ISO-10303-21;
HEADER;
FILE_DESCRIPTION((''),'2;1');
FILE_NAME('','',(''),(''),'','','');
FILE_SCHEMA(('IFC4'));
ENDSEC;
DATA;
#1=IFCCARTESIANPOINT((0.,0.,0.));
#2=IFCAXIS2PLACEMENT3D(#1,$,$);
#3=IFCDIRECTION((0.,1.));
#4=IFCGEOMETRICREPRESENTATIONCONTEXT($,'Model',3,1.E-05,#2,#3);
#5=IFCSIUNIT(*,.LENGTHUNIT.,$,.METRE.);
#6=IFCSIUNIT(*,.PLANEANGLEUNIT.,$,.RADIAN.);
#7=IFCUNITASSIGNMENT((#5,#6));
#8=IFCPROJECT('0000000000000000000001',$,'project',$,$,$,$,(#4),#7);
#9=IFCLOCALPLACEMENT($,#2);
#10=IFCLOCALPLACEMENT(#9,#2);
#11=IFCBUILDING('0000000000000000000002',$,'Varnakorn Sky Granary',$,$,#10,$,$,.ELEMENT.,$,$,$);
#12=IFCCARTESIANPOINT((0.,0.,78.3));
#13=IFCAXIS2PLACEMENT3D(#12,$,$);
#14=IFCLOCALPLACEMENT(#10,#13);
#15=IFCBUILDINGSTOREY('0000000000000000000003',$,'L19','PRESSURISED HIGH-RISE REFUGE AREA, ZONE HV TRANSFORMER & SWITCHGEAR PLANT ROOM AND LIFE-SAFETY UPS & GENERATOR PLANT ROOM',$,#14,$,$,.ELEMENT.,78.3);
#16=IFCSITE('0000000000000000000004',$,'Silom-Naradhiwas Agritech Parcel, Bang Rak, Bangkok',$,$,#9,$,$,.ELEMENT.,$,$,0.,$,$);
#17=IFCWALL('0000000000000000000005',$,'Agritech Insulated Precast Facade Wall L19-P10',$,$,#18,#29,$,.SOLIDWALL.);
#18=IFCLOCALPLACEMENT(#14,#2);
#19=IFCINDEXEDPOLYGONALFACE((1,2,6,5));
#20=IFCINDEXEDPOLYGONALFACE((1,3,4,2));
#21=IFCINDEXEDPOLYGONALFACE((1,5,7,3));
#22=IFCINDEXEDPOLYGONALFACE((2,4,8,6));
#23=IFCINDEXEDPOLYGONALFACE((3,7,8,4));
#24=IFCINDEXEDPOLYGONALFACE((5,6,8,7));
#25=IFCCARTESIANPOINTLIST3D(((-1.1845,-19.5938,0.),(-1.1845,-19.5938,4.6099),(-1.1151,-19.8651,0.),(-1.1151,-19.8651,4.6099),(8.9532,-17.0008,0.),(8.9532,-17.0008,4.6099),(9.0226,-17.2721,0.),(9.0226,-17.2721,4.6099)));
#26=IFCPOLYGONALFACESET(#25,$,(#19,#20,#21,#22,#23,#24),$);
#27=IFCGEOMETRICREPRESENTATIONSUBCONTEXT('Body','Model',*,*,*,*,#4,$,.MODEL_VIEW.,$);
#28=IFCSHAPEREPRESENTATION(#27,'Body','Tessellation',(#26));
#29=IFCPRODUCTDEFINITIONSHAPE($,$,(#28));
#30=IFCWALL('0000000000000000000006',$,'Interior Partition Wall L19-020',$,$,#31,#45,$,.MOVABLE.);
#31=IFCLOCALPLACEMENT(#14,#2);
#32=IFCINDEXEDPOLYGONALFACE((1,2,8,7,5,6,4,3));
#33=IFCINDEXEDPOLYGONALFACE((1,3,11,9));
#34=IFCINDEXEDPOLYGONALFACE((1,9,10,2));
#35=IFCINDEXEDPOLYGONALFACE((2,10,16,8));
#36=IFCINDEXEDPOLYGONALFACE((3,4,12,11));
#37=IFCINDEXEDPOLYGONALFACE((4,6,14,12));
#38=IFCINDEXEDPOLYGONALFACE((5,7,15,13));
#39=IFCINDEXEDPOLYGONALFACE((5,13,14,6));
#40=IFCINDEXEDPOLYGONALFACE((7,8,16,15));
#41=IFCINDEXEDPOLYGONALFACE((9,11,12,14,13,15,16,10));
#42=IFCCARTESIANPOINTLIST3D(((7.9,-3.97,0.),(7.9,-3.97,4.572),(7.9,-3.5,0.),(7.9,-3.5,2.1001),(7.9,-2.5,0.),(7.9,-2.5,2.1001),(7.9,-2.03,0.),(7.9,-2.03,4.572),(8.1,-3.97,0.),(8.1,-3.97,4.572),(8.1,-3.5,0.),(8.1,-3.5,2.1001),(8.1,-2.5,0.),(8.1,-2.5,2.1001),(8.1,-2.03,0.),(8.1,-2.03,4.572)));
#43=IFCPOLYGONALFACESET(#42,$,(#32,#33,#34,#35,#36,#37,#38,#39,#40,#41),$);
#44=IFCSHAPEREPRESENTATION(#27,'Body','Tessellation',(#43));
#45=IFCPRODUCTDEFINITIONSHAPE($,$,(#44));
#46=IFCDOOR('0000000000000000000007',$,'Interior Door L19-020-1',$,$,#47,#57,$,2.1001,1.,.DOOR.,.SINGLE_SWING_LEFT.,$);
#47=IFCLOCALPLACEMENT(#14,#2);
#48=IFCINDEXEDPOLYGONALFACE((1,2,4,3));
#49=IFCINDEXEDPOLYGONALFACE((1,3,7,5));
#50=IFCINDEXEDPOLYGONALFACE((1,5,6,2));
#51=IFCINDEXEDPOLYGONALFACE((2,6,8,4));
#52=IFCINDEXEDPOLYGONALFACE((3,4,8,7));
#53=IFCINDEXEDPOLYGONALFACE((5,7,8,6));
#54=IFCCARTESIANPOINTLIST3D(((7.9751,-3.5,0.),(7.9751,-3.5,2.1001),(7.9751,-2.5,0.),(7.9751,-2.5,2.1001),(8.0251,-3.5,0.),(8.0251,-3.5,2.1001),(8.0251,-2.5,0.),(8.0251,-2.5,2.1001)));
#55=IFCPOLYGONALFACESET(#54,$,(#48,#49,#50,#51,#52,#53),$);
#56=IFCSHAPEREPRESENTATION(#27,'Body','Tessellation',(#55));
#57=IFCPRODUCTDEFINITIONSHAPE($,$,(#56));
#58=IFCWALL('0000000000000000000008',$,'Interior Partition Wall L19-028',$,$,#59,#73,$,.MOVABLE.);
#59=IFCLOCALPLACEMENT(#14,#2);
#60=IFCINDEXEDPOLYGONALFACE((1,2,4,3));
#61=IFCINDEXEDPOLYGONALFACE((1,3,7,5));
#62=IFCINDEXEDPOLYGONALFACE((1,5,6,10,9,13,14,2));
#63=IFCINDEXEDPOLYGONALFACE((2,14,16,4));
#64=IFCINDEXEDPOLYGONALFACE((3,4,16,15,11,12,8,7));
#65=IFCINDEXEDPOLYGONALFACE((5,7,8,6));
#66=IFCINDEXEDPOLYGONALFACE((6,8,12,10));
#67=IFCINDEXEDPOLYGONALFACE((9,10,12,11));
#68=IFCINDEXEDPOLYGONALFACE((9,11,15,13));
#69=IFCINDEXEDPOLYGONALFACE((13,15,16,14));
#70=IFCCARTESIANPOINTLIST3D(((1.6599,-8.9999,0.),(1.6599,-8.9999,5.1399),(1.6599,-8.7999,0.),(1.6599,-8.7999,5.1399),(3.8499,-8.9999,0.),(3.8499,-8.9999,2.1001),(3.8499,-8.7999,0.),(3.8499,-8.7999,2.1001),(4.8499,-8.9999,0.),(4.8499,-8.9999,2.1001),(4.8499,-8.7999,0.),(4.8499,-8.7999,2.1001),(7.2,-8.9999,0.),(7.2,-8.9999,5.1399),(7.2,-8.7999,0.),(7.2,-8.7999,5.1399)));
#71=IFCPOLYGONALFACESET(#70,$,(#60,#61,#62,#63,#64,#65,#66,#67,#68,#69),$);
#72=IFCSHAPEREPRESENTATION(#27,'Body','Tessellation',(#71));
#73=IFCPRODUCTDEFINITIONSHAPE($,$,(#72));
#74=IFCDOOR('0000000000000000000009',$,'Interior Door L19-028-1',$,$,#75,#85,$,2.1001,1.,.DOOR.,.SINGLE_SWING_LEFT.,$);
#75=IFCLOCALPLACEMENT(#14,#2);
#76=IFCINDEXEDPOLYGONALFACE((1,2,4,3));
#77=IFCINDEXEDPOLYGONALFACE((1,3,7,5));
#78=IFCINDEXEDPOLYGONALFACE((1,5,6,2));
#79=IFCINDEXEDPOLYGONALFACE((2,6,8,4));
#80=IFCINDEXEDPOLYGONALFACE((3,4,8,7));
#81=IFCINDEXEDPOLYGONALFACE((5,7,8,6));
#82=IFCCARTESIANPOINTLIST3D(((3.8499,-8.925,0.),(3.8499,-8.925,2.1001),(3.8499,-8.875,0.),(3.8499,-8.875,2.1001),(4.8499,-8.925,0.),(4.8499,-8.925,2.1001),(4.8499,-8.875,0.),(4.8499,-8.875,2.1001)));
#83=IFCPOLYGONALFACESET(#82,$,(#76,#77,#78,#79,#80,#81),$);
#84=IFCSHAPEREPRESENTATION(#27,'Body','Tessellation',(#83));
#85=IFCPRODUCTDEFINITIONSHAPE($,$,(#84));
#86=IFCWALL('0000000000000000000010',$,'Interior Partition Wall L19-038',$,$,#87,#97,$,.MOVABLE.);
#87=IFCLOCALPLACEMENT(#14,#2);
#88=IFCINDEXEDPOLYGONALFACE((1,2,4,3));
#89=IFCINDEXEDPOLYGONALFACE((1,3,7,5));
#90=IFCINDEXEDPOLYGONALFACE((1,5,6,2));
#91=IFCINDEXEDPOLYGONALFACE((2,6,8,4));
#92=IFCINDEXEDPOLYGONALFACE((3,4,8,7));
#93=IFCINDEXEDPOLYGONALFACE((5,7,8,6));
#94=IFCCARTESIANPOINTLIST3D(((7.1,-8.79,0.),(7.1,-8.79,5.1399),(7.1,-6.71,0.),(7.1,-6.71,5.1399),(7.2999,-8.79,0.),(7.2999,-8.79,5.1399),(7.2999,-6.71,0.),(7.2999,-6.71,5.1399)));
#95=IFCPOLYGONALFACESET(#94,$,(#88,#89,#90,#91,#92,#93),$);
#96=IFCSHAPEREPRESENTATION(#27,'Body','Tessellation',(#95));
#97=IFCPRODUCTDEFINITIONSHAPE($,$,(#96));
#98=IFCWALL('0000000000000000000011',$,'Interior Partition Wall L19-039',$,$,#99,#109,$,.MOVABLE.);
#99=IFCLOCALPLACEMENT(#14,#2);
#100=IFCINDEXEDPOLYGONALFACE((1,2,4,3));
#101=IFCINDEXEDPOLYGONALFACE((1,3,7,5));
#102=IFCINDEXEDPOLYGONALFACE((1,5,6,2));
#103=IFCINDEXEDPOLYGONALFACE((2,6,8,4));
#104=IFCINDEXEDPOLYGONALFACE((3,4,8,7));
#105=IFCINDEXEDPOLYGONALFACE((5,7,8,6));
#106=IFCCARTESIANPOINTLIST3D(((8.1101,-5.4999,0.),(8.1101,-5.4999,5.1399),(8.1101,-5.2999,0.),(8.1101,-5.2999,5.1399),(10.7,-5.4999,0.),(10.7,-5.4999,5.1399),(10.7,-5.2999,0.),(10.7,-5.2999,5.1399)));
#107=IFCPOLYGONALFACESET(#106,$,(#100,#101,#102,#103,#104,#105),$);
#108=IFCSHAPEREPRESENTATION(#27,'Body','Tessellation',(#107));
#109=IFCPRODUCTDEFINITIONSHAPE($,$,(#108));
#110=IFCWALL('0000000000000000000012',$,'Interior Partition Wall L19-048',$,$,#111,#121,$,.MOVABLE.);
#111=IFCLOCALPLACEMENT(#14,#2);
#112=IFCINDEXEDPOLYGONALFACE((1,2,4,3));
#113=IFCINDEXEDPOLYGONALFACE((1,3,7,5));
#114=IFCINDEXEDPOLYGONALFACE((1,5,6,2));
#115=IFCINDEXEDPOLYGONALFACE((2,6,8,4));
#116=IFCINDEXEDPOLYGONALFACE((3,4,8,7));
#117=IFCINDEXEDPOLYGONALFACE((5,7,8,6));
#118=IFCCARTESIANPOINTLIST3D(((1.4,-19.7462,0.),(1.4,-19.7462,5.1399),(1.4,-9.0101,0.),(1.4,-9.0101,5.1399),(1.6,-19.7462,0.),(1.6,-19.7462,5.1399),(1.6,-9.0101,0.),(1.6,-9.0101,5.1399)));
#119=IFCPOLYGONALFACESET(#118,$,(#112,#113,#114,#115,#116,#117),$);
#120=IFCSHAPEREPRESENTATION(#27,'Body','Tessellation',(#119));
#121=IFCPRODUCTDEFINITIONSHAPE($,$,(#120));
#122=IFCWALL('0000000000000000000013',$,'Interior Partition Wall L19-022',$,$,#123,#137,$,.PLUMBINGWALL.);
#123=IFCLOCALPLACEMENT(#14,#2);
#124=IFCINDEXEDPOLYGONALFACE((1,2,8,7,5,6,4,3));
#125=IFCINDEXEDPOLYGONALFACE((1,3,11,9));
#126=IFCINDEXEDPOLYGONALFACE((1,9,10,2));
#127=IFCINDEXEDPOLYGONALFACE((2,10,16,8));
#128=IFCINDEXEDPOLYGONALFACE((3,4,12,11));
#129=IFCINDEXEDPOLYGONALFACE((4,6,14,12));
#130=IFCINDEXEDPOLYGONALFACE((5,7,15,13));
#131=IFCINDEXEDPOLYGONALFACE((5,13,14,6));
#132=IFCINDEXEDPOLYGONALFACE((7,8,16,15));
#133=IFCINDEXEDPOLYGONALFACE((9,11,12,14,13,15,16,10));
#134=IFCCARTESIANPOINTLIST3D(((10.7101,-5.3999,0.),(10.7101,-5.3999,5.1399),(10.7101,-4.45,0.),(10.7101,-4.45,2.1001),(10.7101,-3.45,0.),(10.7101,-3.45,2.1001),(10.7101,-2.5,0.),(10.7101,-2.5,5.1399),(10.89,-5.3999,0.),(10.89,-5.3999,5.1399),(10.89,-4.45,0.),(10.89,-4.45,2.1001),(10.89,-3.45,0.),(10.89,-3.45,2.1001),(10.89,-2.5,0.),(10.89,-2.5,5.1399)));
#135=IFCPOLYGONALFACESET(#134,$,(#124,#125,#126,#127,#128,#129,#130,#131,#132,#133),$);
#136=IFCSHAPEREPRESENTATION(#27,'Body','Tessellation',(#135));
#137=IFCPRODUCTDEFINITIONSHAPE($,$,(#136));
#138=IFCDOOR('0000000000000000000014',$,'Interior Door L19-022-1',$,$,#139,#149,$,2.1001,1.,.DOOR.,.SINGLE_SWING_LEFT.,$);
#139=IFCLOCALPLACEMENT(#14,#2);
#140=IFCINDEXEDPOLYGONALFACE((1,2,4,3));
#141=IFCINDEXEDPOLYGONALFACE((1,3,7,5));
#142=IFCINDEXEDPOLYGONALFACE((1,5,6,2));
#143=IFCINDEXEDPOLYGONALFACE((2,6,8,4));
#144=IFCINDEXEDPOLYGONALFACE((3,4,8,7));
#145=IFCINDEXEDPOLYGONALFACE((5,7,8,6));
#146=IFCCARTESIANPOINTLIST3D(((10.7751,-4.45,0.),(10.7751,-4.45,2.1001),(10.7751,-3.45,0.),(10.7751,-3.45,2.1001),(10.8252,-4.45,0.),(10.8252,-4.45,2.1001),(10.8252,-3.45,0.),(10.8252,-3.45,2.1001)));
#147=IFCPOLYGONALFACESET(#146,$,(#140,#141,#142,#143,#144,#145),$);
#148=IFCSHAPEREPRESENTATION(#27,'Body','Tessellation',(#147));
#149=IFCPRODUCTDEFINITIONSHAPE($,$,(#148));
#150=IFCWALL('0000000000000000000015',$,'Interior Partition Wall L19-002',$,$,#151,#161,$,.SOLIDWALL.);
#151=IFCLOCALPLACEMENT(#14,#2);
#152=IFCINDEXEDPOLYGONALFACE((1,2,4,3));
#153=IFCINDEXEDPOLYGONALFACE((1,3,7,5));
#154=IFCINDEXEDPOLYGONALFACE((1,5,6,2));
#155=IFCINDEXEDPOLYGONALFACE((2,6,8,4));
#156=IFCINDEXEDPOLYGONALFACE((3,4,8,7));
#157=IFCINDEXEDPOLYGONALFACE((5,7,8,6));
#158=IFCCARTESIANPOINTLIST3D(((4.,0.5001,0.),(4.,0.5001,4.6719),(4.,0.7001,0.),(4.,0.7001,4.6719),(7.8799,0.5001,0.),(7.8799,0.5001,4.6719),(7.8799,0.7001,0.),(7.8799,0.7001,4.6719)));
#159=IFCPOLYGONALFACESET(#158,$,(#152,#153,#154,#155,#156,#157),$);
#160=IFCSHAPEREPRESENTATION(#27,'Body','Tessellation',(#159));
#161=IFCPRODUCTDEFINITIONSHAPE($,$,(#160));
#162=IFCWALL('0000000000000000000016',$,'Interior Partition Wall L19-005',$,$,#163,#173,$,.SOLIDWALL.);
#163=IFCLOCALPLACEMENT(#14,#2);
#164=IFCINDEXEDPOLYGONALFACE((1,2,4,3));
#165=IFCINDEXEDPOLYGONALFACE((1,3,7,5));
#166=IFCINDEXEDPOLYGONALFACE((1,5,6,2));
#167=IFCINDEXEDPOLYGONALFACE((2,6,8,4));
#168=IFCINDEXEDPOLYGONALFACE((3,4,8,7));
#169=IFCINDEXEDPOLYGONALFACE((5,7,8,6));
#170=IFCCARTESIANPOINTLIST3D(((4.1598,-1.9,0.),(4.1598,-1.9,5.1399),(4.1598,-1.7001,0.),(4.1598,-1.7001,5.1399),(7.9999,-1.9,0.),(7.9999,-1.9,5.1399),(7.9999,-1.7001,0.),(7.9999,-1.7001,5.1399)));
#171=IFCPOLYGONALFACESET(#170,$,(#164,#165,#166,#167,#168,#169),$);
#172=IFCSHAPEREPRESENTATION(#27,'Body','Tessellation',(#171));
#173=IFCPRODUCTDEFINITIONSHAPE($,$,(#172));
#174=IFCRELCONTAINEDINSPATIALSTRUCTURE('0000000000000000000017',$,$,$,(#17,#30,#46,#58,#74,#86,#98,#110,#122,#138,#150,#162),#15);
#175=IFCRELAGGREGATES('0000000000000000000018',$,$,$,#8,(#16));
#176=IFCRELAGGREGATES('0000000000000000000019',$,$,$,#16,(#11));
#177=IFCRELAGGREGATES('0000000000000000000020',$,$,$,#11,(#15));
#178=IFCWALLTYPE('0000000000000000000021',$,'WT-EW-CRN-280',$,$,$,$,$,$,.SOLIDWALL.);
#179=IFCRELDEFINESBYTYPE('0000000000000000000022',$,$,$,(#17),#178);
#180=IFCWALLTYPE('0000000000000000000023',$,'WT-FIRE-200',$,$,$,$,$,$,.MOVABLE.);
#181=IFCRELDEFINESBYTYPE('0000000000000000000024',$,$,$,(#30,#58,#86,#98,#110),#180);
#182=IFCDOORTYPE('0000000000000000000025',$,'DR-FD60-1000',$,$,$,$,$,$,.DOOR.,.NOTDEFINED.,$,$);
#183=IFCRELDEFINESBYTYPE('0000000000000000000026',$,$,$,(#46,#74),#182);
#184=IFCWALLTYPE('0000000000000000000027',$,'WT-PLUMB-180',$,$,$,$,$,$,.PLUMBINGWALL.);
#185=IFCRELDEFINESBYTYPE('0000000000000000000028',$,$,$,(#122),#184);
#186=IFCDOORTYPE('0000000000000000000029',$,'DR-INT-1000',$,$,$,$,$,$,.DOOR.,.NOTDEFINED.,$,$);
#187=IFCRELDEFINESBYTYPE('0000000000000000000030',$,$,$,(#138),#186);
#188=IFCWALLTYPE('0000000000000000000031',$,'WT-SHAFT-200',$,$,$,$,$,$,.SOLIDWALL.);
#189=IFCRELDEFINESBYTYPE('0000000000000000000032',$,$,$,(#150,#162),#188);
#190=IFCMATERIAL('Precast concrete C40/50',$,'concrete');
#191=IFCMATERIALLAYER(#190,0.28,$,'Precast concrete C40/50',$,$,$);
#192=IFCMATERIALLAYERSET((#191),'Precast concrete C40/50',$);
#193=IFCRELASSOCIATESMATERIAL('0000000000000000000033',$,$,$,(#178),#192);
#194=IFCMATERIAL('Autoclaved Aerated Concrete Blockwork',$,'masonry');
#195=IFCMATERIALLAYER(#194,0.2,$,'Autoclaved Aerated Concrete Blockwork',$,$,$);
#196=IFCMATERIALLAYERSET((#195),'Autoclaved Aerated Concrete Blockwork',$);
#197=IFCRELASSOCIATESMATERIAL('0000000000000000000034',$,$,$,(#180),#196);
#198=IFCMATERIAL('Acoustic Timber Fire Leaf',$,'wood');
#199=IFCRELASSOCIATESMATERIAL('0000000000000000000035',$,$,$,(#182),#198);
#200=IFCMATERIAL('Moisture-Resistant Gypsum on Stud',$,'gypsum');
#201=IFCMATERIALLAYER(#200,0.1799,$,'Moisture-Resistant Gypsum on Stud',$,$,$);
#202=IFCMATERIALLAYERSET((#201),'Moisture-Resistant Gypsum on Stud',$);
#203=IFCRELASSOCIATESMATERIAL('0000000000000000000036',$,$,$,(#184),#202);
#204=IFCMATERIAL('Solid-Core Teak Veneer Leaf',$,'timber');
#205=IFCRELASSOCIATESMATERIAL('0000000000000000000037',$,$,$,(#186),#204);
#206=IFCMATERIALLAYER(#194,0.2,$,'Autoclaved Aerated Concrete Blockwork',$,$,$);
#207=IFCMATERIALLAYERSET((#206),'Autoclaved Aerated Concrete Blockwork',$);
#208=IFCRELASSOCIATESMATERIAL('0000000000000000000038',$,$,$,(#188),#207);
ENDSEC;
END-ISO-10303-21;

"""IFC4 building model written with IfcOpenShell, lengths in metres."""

from ifc_helpers import new_model, si_unit, direction, frame, frame_2d, origin, place, context, subcontext, project, spatial, rectangle, extrude, material, layer, layer_set, type_object, element, fill, save


model = new_model("IFC4")

# Units and contexts
model_context = context("Model", 3, precision=1e-05, world=origin(), true_north=direction((0.0, 1.0)))
body_context = subcontext(model_context, "Body", "Model", "MODEL_VIEW")
ifc_project = project(units=[si_unit("LENGTHUNIT", "METRE"), si_unit("PLANEANGLEUNIT", "RADIAN")], contexts=[model_context])

# Site, building, storey
site_placement = place(None, origin())
site = spatial("IfcSite", under=ifc_project, at=site_placement, Name="Silom-Naradhiwas Agritech Parcel, Bang Rak, Bangkok", CompositionType="ELEMENT", RefElevation=0.0)
building_placement = place(site_placement, origin())
building = spatial("IfcBuilding", under=site, at=building_placement, Name="Varnakorn Sky Granary", CompositionType="ELEMENT")
storey_placement = place(building_placement, frame((0.0, 0.0, 78.3)))
storey = spatial("IfcBuildingStorey", under=building, at=storey_placement, Name="L19", Description="PRESSURISED HIGH-RISE REFUGE AREA, ZONE HV TRANSFORMER & SWITCHGEAR PLANT ROOM AND LIFE-SAFETY UPS & GENERATOR PLANT ROOM", CompositionType="ELEMENT", Elevation=78.3)

# Wall
ifc_material_1 = material(Name="Precast concrete C40/50", Category="concrete")
ifc_layer_1 = layer(ifc_material_1, 0.28, Name="Precast concrete C40/50")
ifc_layer_set_1 = layer_set([ifc_layer_1], Name="Precast concrete C40/50")
wall_type_1 = type_object("IfcWallType", Name="WT-EW-CRN-280", PredefinedType="SOLIDWALL", material=ifc_layer_set_1)
wall_1_placement = place(storey_placement, frame((8.9878, -17.1365, 0.0), z_axis=(0.0, 0.0, 1.0), x_axis=(-0.968811, -0.247802, 0.0)))
element("IfcWall", 1, at=wall_1_placement, inside=storey, type_object=wall_type_1, Name="Agritech Insulated Precast Facade Wall L19-P10", PredefinedType="SOLIDWALL", context=body_context, shape_type="SweptSolid", body=[
    extrude(rectangle(XDim=10.4641, YDim=0.28, at=frame_2d((5.2319, 0.0))), origin(), (0.0, 0.0, 1.0), 4.6099),
])

# Walls, openings, doors
ifc_material_2 = material(Name="Autoclaved Aerated Concrete Blockwork", Category="masonry")
ifc_layer_2 = layer(ifc_material_2, 0.2, Name="Autoclaved Aerated Concrete Blockwork")
ifc_layer_set_2 = layer_set([ifc_layer_2], Name="Autoclaved Aerated Concrete Blockwork")
wall_type_2 = type_object("IfcWallType", Name="WT-FIRE-200", PredefinedType="MOVABLE", material=ifc_layer_set_2)
wall_2_placement = place(storey_placement, frame((8.0, -3.97, 0.0), z_axis=(0.0, 0.0, 1.0), x_axis=(0.0, 1.0, 0.0)))
wall_2 = element("IfcWall", 2, at=wall_2_placement, inside=storey, type_object=wall_type_2, Name="Interior Partition Wall L19-020", PredefinedType="MOVABLE", context=body_context, shape_type="SweptSolid", body=[
    extrude(rectangle(XDim=1.9399, YDim=0.2, at=frame_2d((0.97, 0.0))), origin(), (0.0, 0.0, 1.0), 4.572),
])
opening_1_placement = place(wall_2_placement, frame((0.47, 0.0, 0.0)))
opening_1 = element("IfcOpeningElement", 3, at=opening_1_placement, cuts=wall_2, PredefinedType="OPENING", context=body_context, shape_type="SweptSolid", body=[
    extrude(rectangle(XDim=1.0, YDim=2.1001, at=frame_2d((0.5, 1.05))), frame((0.0, 0.1099, 0.0), z_axis=(0.0, -1.0, 0.0), x_axis=(1.0, 0.0, 0.0)), (0.0, 0.0, 1.0), 0.22),
])
ifc_material_3 = material(Name="Acoustic Timber Fire Leaf", Category="wood")
door_type_1 = type_object("IfcDoorType", Name="DR-FD60-1000", OperationType="NOTDEFINED", PredefinedType="DOOR", material=ifc_material_3)
door_1_placement = place(opening_1_placement, origin())
door_1 = element("IfcDoor", 4, at=door_1_placement, inside=storey, type_object=door_type_1, Name="Interior Door L19-020-1", OperationType="SINGLE_SWING_LEFT", OverallHeight=2.1001, OverallWidth=1.0, PredefinedType="DOOR", context=body_context, shape_type="SweptSolid", body=[
    extrude(rectangle(XDim=1.0, YDim=2.1001, at=frame_2d((0.5, 1.05))), frame((0.0, 0.0249, 0.0), z_axis=(0.0, -1.0, 0.0), x_axis=(1.0, 0.0, 0.0)), (0.0, 0.0, 1.0), 0.05),
])
fill(opening_1, door_1)
wall_3_placement = place(storey_placement, frame((1.6599, -8.8999, 0.0), z_axis=(0.0, 0.0, 1.0), x_axis=(1.0, 0.0, 0.0)))
wall_3 = element("IfcWall", 5, at=wall_3_placement, inside=storey, type_object=wall_type_2, Name="Interior Partition Wall L19-028", PredefinedType="MOVABLE", context=body_context, shape_type="SweptSolid", body=[
    extrude(rectangle(XDim=5.54, YDim=0.2, at=frame_2d((2.77, 0.0))), origin(), (0.0, 0.0, 1.0), 5.1399),
])
opening_2_placement = place(wall_3_placement, frame((2.1899, 0.0, 0.0)))
opening_2 = element("IfcOpeningElement", 6, at=opening_2_placement, cuts=wall_3, PredefinedType="OPENING", context=body_context, shape_type="SweptSolid", body=[
    extrude(rectangle(XDim=1.0, YDim=2.1001, at=frame_2d((0.5, 1.05))), frame((0.0, 0.1099, 0.0), z_axis=(0.0, -1.0, 0.0), x_axis=(1.0, 0.0, 0.0)), (0.0, 0.0, 1.0), 0.22),
])
door_2_placement = place(opening_2_placement, origin())
door_2 = element("IfcDoor", 7, at=door_2_placement, inside=storey, type_object=door_type_1, Name="Interior Door L19-028-1", OperationType="SINGLE_SWING_LEFT", OverallHeight=2.1001, OverallWidth=1.0, PredefinedType="DOOR", context=body_context, shape_type="SweptSolid", body=[
    extrude(rectangle(XDim=1.0, YDim=2.1001, at=frame_2d((0.5, 1.05))), frame((0.0, 0.0249, 0.0), z_axis=(0.0, -1.0, 0.0), x_axis=(1.0, 0.0, 0.0)), (0.0, 0.0, 1.0), 0.05),
])
fill(opening_2, door_2)

# Walls
wall_4_placement = place(storey_placement, frame((7.2, -8.79, 0.0), z_axis=(0.0, 0.0, 1.0), x_axis=(0.0, 1.0, 0.0)))
element("IfcWall", 8, at=wall_4_placement, inside=storey, type_object=wall_type_2, Name="Interior Partition Wall L19-038", PredefinedType="MOVABLE", context=body_context, shape_type="SweptSolid", body=[
    extrude(rectangle(XDim=2.0801, YDim=0.2, at=frame_2d((1.04, 0.0))), origin(), (0.0, 0.0, 1.0), 5.1399),
])
wall_5_placement = place(storey_placement, frame((8.1101, -5.3999, 0.0), z_axis=(0.0, 0.0, 1.0), x_axis=(1.0, 0.0, 0.0)))
element("IfcWall", 9, at=wall_5_placement, inside=storey, type_object=wall_type_2, Name="Interior Partition Wall L19-039", PredefinedType="MOVABLE", context=body_context, shape_type="SweptSolid", body=[
    extrude(rectangle(XDim=2.5898, YDim=0.2, at=frame_2d((1.2949, 0.0))), origin(), (0.0, 0.0, 1.0), 5.1399),
])
wall_6_placement = place(storey_placement, frame((1.5, -9.01, 0.0), z_axis=(0.0, 0.0, 1.0), x_axis=(0.0, -1.0, 0.0)))
element("IfcWall", 10, at=wall_6_placement, inside=storey, type_object=wall_type_2, Name="Interior Partition Wall L19-048", PredefinedType="MOVABLE", context=body_context, shape_type="SweptSolid", body=[
    extrude(rectangle(XDim=10.7361, YDim=0.2, at=frame_2d((5.3682, 0.0))), origin(), (0.0, 0.0, 1.0), 5.1399),
])

# Wall, opening, door
ifc_material_4 = material(Name="Moisture-Resistant Gypsum on Stud", Category="gypsum")
ifc_layer_3 = layer(ifc_material_4, 0.1799, Name="Moisture-Resistant Gypsum on Stud")
ifc_layer_set_3 = layer_set([ifc_layer_3], Name="Moisture-Resistant Gypsum on Stud")
wall_type_3 = type_object("IfcWallType", Name="WT-PLUMB-180", PredefinedType="PLUMBINGWALL", material=ifc_layer_set_3)
wall_7_placement = place(storey_placement, frame((10.8, -5.3999, 0.0), z_axis=(0.0, 0.0, 1.0), x_axis=(0.0, 1.0, 0.0)))
wall_7 = element("IfcWall", 11, at=wall_7_placement, inside=storey, type_object=wall_type_3, Name="Interior Partition Wall L19-022", PredefinedType="PLUMBINGWALL", context=body_context, shape_type="SweptSolid", body=[
    extrude(rectangle(XDim=2.8999, YDim=0.1799, at=frame_2d((1.45, 0.0))), origin(), (0.0, 0.0, 1.0), 5.1399),
])
opening_3_placement = place(wall_7_placement, frame((0.95, 0.0, 0.0)))
opening_3 = element("IfcOpeningElement", 12, at=opening_3_placement, cuts=wall_7, PredefinedType="OPENING", context=body_context, shape_type="SweptSolid", body=[
    extrude(rectangle(XDim=1.0, YDim=2.1001, at=frame_2d((0.5, 1.05))), frame((0.0, 0.1001, 0.0), z_axis=(0.0, -1.0, 0.0), x_axis=(1.0, 0.0, 0.0)), (0.0, 0.0, 1.0), 0.2),
])
ifc_material_5 = material(Name="Solid-Core Teak Veneer Leaf", Category="timber")
door_type_2 = type_object("IfcDoorType", Name="DR-INT-1000", OperationType="NOTDEFINED", PredefinedType="DOOR", material=ifc_material_5)
door_3_placement = place(opening_3_placement, origin())
door_3 = element("IfcDoor", 13, at=door_3_placement, inside=storey, type_object=door_type_2, Name="Interior Door L19-022-1", OperationType="SINGLE_SWING_LEFT", OverallHeight=2.1001, OverallWidth=1.0, PredefinedType="DOOR", context=body_context, shape_type="SweptSolid", body=[
    extrude(rectangle(XDim=1.0, YDim=2.1001, at=frame_2d((0.5, 1.05))), frame((0.0, 0.0249, 0.0), z_axis=(0.0, -1.0, 0.0), x_axis=(1.0, 0.0, 0.0)), (0.0, 0.0, 1.0), 0.05),
])
fill(opening_3, door_3)

# Walls
ifc_layer_4 = layer(ifc_material_2, 0.2, Name="Autoclaved Aerated Concrete Blockwork")
ifc_layer_set_4 = layer_set([ifc_layer_4], Name="Autoclaved Aerated Concrete Blockwork")
wall_type_4 = type_object("IfcWallType", Name="WT-SHAFT-200", PredefinedType="SOLIDWALL", material=ifc_layer_set_4)
wall_8_placement = place(storey_placement, frame((4.0, 0.6001, 0.0), z_axis=(0.0, 0.0, 1.0), x_axis=(1.0, 0.0, 0.0)))
element("IfcWall", 14, at=wall_8_placement, inside=storey, type_object=wall_type_4, Name="Interior Partition Wall L19-002", PredefinedType="SOLIDWALL", context=body_context, shape_type="SweptSolid", body=[
    extrude(rectangle(XDim=3.8799, YDim=0.2, at=frame_2d((1.9399, 0.0))), origin(), (0.0, 0.0, 1.0), 4.6719),
])
wall_9_placement = place(storey_placement, frame((4.1599, -1.8, 0.0), z_axis=(0.0, 0.0, 1.0), x_axis=(1.0, 0.0, 0.0)))
element("IfcWall", 15, at=wall_9_placement, inside=storey, type_object=wall_type_4, Name="Interior Partition Wall L19-005", PredefinedType="SOLIDWALL", context=body_context, shape_type="SweptSolid", body=[
    extrude(rectangle(XDim=3.8401, YDim=0.2, at=frame_2d((1.9199, 0.0))), origin(), (0.0, 0.0, 1.0), 5.1399),
])

save(model, "model.ifc")
